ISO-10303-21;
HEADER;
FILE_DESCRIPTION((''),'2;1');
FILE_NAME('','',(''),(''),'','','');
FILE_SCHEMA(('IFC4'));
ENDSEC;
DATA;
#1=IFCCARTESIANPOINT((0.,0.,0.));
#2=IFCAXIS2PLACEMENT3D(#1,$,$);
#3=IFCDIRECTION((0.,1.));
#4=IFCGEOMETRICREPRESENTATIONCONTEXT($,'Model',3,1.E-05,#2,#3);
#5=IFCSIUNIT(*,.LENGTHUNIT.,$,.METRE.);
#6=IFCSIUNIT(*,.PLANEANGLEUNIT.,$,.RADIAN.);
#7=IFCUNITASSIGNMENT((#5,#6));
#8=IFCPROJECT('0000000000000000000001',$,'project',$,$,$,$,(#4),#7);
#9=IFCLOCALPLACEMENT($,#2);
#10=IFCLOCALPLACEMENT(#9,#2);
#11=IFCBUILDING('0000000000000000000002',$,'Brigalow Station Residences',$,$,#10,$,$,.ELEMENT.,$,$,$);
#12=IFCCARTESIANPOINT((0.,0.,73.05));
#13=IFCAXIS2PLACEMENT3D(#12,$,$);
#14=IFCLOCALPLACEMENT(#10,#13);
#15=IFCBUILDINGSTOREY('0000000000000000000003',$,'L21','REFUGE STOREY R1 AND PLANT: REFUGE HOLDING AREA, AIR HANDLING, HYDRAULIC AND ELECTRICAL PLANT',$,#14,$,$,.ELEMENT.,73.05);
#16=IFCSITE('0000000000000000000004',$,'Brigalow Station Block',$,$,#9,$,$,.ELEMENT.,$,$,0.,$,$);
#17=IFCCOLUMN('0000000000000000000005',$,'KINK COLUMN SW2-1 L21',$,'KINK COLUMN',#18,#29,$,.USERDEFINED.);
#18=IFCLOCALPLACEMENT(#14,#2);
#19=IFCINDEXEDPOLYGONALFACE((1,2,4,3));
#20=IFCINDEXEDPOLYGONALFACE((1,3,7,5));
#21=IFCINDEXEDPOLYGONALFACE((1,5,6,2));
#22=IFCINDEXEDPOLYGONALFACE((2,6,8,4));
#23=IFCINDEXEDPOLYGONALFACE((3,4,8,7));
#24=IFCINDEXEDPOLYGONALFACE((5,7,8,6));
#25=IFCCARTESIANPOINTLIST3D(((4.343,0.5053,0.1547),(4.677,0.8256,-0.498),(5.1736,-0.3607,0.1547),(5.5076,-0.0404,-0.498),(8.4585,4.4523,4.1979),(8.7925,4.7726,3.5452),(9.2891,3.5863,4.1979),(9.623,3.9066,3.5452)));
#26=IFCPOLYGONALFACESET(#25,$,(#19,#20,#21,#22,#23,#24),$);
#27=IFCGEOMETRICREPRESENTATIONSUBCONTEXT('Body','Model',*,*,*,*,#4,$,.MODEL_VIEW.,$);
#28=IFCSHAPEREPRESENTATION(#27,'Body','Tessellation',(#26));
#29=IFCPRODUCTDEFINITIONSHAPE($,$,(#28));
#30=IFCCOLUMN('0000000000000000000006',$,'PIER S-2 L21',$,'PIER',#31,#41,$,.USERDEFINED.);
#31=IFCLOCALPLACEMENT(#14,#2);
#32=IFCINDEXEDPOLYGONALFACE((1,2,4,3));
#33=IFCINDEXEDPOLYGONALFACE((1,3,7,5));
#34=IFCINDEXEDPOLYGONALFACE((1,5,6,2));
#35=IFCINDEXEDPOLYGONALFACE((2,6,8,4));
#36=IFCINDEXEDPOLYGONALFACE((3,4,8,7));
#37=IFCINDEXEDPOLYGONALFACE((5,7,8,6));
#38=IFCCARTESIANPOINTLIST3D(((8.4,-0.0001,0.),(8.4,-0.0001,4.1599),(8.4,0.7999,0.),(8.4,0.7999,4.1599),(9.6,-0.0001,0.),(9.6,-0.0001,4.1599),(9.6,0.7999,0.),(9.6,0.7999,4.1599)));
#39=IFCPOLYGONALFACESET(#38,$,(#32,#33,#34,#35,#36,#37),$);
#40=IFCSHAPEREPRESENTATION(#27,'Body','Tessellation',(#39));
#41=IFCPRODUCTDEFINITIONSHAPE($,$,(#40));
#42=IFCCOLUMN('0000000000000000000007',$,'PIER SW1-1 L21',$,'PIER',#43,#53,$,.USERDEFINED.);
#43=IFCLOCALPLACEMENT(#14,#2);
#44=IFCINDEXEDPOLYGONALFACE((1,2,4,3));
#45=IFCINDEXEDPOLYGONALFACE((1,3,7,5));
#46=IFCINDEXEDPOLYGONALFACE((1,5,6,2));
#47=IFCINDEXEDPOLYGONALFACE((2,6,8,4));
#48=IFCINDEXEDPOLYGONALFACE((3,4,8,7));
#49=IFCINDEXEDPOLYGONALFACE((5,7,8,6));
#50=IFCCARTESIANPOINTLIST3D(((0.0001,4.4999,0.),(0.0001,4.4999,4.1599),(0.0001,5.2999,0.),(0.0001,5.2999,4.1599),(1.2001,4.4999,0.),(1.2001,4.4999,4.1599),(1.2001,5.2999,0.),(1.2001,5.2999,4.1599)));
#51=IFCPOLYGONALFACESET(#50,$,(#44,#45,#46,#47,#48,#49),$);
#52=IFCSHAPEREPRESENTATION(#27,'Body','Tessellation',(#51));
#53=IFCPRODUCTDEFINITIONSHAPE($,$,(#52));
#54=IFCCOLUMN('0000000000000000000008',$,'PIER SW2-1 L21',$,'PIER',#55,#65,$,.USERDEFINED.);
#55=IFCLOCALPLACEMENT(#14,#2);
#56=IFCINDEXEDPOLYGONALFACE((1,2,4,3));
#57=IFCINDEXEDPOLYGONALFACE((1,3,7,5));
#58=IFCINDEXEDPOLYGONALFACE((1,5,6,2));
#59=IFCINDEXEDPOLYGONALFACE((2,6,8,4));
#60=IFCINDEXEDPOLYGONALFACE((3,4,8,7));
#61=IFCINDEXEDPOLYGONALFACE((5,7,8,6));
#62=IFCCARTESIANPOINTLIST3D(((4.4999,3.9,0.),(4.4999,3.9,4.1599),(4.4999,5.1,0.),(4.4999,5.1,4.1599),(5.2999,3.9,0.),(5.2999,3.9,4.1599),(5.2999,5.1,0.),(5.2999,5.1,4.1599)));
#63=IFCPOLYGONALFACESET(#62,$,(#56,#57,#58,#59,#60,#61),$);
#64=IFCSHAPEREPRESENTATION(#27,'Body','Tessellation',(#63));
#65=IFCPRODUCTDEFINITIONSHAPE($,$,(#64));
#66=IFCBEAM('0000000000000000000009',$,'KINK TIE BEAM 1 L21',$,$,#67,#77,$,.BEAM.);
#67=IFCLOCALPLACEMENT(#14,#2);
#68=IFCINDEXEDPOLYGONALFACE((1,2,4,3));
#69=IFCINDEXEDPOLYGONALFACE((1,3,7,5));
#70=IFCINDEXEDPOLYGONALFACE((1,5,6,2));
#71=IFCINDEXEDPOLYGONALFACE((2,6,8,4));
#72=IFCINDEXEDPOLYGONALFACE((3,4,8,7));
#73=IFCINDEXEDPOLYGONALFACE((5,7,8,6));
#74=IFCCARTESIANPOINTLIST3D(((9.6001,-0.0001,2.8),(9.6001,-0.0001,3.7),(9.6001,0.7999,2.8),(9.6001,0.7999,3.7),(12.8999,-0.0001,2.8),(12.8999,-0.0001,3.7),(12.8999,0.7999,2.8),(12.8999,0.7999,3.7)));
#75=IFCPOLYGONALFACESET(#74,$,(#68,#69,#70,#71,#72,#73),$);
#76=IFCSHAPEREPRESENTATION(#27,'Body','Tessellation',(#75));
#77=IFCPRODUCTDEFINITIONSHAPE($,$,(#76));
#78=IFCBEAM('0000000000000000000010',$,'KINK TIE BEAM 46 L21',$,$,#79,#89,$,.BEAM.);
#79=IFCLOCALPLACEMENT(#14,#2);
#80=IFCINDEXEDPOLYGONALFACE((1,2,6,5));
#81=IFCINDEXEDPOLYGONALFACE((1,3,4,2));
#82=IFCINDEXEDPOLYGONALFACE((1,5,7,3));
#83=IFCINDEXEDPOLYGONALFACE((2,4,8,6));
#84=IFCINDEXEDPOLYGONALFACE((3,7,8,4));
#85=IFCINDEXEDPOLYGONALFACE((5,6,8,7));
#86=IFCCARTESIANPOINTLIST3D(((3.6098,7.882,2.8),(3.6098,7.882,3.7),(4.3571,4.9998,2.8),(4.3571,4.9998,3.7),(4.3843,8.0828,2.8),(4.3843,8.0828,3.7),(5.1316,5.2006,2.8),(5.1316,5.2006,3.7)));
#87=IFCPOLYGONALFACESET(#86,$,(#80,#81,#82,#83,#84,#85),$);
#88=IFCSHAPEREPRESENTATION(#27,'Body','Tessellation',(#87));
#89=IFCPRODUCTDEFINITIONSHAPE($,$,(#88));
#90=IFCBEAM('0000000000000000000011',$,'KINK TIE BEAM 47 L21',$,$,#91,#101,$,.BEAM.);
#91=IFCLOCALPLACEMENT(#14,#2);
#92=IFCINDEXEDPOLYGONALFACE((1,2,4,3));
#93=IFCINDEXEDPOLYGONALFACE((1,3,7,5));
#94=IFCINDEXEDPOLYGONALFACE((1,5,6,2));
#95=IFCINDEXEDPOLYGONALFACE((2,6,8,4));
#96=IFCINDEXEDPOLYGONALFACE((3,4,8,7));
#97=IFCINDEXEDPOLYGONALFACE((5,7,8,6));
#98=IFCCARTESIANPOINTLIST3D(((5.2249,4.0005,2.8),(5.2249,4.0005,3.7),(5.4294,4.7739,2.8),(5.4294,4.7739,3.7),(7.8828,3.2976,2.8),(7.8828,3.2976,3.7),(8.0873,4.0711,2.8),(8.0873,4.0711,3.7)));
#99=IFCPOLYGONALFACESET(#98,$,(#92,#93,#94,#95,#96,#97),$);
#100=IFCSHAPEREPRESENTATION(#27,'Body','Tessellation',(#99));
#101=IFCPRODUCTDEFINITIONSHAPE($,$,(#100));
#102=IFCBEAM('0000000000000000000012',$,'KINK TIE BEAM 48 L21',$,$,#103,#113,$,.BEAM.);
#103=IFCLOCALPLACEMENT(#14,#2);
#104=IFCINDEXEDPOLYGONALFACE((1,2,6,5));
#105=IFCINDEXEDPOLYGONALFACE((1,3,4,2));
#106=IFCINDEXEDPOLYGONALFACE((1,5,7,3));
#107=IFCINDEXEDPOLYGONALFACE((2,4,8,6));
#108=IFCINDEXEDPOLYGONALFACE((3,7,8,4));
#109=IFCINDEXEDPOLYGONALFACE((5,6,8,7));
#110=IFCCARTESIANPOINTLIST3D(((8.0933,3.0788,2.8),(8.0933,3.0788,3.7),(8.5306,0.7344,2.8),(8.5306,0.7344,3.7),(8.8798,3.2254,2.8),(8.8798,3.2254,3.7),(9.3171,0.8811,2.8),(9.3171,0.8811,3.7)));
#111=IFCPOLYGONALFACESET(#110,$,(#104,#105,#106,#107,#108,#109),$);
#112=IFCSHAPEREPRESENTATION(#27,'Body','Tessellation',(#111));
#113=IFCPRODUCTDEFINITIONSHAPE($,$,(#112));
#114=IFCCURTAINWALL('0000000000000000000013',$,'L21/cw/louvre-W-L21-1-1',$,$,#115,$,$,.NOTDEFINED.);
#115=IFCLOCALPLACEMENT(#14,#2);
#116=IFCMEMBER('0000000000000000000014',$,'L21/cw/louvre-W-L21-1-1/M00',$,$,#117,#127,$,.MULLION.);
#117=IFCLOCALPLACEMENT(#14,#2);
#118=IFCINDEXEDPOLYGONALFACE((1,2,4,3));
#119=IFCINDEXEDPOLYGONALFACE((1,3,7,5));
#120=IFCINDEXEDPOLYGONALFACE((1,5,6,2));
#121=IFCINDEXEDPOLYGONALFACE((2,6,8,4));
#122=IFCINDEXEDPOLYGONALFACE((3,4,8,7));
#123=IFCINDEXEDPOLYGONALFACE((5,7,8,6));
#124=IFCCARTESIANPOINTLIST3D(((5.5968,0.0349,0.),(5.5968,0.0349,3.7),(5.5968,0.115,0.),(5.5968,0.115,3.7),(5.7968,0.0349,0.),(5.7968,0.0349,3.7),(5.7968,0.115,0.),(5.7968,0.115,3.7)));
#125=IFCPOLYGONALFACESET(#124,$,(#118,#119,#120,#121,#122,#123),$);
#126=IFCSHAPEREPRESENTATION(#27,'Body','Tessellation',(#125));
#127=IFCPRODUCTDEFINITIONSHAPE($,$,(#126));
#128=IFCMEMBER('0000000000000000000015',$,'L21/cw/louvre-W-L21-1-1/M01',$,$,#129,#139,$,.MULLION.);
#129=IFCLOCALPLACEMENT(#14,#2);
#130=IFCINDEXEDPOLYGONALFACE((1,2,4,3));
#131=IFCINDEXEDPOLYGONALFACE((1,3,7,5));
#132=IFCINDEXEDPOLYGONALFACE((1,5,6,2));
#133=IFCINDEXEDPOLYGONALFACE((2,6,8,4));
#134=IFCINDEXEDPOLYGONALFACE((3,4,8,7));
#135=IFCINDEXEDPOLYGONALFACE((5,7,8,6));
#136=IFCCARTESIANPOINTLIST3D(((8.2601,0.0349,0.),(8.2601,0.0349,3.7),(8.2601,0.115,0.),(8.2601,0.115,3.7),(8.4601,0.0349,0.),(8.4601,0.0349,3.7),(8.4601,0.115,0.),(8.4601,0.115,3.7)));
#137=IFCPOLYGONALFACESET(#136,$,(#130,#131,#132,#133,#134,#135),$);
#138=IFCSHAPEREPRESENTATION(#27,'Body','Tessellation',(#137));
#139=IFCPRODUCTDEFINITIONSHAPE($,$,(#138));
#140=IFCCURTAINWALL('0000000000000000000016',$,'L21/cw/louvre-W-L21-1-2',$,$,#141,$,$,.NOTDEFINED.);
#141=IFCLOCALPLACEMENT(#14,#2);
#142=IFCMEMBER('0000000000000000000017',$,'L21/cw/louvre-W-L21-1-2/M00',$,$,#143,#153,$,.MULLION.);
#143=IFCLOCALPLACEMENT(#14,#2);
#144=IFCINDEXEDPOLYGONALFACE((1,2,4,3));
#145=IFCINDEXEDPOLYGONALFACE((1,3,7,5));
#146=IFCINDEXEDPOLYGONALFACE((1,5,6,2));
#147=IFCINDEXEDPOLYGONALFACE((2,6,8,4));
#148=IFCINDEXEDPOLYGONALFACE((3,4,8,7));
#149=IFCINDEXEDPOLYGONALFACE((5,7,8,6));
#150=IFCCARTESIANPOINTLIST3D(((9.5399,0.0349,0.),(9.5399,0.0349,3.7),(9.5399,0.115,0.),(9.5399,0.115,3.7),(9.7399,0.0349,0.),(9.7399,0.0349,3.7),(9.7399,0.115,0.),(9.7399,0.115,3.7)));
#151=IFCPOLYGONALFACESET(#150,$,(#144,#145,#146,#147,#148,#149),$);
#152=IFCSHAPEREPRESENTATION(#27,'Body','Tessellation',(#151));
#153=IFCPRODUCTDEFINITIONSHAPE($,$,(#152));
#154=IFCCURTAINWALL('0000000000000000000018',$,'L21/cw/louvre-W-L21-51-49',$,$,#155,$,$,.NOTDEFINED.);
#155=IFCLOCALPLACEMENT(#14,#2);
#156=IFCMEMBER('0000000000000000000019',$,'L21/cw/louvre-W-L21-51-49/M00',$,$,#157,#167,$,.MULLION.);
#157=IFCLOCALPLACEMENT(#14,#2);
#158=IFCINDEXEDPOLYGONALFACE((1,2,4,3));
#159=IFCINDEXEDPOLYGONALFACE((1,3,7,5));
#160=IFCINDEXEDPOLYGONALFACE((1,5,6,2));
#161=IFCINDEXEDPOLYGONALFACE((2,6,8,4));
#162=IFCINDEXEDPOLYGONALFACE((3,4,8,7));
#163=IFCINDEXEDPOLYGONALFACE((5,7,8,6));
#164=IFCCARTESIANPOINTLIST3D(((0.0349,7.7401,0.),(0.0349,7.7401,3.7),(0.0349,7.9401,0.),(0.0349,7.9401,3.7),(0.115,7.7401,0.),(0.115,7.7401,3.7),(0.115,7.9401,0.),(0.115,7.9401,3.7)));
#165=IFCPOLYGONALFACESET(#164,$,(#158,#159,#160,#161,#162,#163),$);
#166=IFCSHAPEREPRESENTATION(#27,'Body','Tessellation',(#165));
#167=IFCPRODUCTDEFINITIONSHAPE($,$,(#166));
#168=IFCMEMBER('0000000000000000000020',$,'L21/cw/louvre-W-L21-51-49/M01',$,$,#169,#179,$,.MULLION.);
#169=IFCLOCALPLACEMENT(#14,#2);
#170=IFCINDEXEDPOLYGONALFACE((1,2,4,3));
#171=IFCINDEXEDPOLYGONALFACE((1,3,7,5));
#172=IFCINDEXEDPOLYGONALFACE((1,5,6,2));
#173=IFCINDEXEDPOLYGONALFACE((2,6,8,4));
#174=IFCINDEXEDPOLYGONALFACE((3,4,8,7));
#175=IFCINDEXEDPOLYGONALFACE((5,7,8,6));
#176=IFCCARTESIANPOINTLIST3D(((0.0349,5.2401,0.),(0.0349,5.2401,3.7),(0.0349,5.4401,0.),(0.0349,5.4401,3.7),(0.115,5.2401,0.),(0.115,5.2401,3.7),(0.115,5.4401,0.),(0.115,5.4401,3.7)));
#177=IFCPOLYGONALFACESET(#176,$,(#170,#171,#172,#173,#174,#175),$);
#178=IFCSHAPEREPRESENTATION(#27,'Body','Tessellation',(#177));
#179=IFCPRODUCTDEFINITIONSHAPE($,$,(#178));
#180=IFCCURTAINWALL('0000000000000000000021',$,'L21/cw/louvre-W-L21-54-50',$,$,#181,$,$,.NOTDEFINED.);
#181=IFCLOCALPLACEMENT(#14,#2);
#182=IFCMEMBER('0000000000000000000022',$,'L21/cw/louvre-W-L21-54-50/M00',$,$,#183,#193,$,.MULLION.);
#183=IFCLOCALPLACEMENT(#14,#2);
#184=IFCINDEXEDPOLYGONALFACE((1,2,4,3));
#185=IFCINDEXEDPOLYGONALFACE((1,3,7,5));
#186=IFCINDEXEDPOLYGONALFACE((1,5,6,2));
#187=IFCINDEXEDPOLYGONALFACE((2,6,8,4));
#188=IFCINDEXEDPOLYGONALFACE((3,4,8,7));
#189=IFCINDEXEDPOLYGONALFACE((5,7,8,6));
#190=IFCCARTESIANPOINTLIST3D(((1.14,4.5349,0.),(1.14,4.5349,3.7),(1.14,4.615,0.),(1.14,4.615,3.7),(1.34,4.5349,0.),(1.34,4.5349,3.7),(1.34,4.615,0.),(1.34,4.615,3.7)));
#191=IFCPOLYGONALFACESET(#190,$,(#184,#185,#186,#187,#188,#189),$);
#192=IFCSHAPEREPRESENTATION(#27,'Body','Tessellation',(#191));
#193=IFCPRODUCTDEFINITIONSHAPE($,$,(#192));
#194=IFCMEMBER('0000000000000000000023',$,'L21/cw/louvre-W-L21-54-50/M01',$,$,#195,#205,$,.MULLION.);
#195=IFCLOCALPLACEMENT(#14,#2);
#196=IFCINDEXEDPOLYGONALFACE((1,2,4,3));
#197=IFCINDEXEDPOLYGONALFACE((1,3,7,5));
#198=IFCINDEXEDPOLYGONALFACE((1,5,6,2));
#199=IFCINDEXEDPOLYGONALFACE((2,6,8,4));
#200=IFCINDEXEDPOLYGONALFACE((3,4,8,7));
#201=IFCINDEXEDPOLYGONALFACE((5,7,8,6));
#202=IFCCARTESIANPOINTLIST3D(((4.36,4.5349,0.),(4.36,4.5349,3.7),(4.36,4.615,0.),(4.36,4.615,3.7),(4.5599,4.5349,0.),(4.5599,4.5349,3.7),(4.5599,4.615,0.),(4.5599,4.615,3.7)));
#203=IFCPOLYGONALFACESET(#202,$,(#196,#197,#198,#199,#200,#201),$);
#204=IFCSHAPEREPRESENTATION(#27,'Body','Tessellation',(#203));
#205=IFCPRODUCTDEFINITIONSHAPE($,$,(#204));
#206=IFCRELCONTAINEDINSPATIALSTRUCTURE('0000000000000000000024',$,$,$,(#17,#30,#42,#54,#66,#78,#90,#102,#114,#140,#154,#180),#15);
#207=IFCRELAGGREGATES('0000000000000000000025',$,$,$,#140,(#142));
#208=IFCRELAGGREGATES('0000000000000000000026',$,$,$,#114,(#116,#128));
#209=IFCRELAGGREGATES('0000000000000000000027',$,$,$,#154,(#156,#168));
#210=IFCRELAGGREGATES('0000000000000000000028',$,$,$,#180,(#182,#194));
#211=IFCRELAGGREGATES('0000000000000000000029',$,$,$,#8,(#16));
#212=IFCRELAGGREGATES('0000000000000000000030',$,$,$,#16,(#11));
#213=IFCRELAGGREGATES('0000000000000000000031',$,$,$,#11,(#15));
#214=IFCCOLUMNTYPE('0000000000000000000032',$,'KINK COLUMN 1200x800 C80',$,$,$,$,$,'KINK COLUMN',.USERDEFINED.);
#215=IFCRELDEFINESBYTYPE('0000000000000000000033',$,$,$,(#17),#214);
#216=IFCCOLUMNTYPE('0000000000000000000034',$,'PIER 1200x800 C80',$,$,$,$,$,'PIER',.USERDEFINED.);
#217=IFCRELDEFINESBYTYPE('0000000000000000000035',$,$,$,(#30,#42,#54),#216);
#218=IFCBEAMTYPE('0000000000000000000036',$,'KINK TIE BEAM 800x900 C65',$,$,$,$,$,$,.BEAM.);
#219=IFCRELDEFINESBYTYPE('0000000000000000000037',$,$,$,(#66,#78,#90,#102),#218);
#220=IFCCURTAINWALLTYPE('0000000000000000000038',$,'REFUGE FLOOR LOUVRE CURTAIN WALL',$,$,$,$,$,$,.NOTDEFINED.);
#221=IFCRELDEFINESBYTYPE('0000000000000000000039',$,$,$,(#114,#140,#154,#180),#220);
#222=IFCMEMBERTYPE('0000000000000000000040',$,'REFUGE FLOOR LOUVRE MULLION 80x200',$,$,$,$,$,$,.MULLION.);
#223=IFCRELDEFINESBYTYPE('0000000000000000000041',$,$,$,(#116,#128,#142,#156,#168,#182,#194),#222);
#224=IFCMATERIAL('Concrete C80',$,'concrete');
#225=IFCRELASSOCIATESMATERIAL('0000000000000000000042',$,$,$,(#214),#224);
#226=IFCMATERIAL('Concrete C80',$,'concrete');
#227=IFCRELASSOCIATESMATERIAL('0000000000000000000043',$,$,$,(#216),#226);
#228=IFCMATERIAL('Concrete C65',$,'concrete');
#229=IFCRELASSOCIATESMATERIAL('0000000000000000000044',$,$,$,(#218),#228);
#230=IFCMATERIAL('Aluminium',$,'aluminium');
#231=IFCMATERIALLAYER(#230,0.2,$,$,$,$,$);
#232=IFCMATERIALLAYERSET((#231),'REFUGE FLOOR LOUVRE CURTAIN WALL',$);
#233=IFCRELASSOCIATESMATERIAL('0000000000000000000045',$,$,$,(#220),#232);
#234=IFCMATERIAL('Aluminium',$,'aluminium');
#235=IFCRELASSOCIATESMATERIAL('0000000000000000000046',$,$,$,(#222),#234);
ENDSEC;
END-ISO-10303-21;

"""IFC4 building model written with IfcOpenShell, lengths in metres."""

from ifc_helpers import new_model, si_unit, direction, frame, origin, origin_2d, place, context, subcontext, project, spatial, rectangle, extrude, material, layer, layer_set, material_profile, profile_set, type_object, element, aggregate, save


model = new_model("IFC4")

# Units and contexts
model_context = context("Model", 3, precision=1e-05, world=origin(), true_north=direction((0.0, 1.0)))
body_context = subcontext(model_context, "Body", "Model", "MODEL_VIEW")
ifc_project = project(units=[si_unit("LENGTHUNIT", "METRE"), si_unit("PLANEANGLEUNIT", "RADIAN")], contexts=[model_context])

# Site, building, storey
site_placement = place(None, origin())
site = spatial("IfcSite", under=ifc_project, at=site_placement, Name="Brigalow Station Block", CompositionType="ELEMENT", RefElevation=0.0)
building_placement = place(site_placement, origin())
building = spatial("IfcBuilding", under=site, at=building_placement, Name="Brigalow Station Residences", CompositionType="ELEMENT")
storey_placement = place(building_placement, frame((0.0, 0.0, 73.05)))
storey = spatial("IfcBuildingStorey", under=building, at=storey_placement, Name="L21", Description="REFUGE STOREY R1 AND PLANT: REFUGE HOLDING AREA, AIR HANDLING, HYDRAULIC AND ELECTRICAL PLANT", CompositionType="ELEMENT", Elevation=73.05)

# Columns
ifc_material_1 = material(Name="Concrete C80", Category="concrete")
ifc_material_profile_1 = material_profile(ifc_material_1, rectangle(XDim=1.2, YDim=0.8, at=origin_2d()), Name="RC1200x800")
ifc_profile_set_1 = profile_set([ifc_material_profile_1], Name="Concrete C80")
column_type_1 = type_object("IfcColumnType", Name="KINK COLUMN 1200x800 C80", ElementType="KINK COLUMN", PredefinedType="USERDEFINED", material=ifc_profile_set_1)
column_placement = place(storey_placement, frame((4.9253, 0.2324, -0.1716), z_axis=(0.588745, 0.564646, 0.578407), x_axis=(-0.692181, 0.721723, 0.0)))
element("IfcColumn", 1, at=column_placement, inside=storey, type_object=column_type_1, Name="KINK COLUMN SW2-1 L21", ObjectType="KINK COLUMN", PredefinedType="USERDEFINED", context=body_context, shape_type="SweptSolid", body=[
    extrude(rectangle(XDim=1.2, YDim=0.8, at=origin_2d()), origin(), (0.0, 0.0, 1.0), 6.9902),
])
ifc_material_2 = material(Name="Concrete C80", Category="concrete")
ifc_material_profile_2 = material_profile(ifc_material_2, rectangle(XDim=1.2, YDim=0.8, at=origin_2d()), Name="RC1200x800")
ifc_profile_set_2 = profile_set([ifc_material_profile_2], Name="Concrete C80")
column_type_2 = type_object("IfcColumnType", Name="PIER 1200x800 C80", ElementType="PIER", PredefinedType="USERDEFINED", material=ifc_profile_set_2)
for number, where, z_axis, x_axis, name in (
    (2, (9.0, 0.3999, 0.0), (0.0, 0.0, 1.0), (1.0, 0.0, 0.0), "PIER S-2 L21"),
    (3, (0.6001, 4.8999, 0.0), (0.0, 0.0, 1.0), (1.0, 0.0, 0.0), "PIER SW1-1 L21"),
    (4, (4.8999, 4.5, 0.0), (0.0, 0.0, 1.0), (0.0, -1.0, 0.0), "PIER SW2-1 L21"),
):
    element("IfcColumn", number, at=place(storey_placement, frame(where, z_axis=z_axis, x_axis=x_axis)), inside=storey, type_object=column_type_2, Name=name, ObjectType="PIER", PredefinedType="USERDEFINED", context=body_context, shape_type="SweptSolid", body=[
        extrude(rectangle(XDim=1.2, YDim=0.8, at=origin_2d()), origin(), (0.0, 0.0, 1.0), 4.1599),
    ])

# Beams
ifc_material_3 = material(Name="Concrete C65", Category="concrete")
ifc_material_profile_3 = material_profile(ifc_material_3, rectangle(XDim=0.8, YDim=0.8999, at=origin_2d()), Name="RC800x900")
ifc_profile_set_3 = profile_set([ifc_material_profile_3], Name="Concrete C65")
beam_type = type_object("IfcBeamType", Name="KINK TIE BEAM 800x900 C65", PredefinedType="BEAM", material=ifc_profile_set_3)
beam_1_placement = place(storey_placement, frame((9.6001, 0.3999, 3.25), z_axis=(1.0, 0.0, 0.0), x_axis=(0.0, 1.0, 0.0)))
element("IfcBeam", 5, at=beam_1_placement, inside=storey, type_object=beam_type, Name="KINK TIE BEAM 1 L21", PredefinedType="BEAM", context=body_context, shape_type="SweptSolid", body=[
    extrude(rectangle(XDim=0.8, YDim=0.8999, at=origin_2d()), origin(), (0.0, 0.0, 1.0), 3.2998),
])
beam_2_placement = place(storey_placement, frame((3.9971, 7.9824, 3.25), z_axis=(0.250976, -0.967993, 0.0), x_axis=(0.967993, 0.250976, 0.0)))
element("IfcBeam", 6, at=beam_2_placement, inside=storey, type_object=beam_type, Name="KINK TIE BEAM 46 L21", PredefinedType="BEAM", context=body_context, shape_type="SweptSolid", body=[
    extrude(rectangle(XDim=0.8, YDim=0.8999, at=origin_2d()), origin(), (0.0, 0.0, 1.0), 2.9775),
])
beam_3_placement = place(storey_placement, frame((5.3271, 4.3872, 3.25), z_axis=(0.966768, -0.255656, 0.0), x_axis=(0.255656, 0.966768, 0.0)))
element("IfcBeam", 7, at=beam_3_placement, inside=storey, type_object=beam_type, Name="KINK TIE BEAM 47 L21", PredefinedType="BEAM", context=body_context, shape_type="SweptSolid", body=[
    extrude(rectangle(XDim=0.8, YDim=0.8999, at=origin_2d()), origin(), (0.0, 0.0, 1.0), 2.7493),
])
beam_4_placement = place(storey_placement, frame((8.4866, 3.1521, 3.25), z_axis=(0.183361, -0.983046, 0.0), x_axis=(0.983046, 0.183361, 0.0)))
element("IfcBeam", 8, at=beam_4_placement, inside=storey, type_object=beam_type, Name="KINK TIE BEAM 48 L21", PredefinedType="BEAM", context=body_context, shape_type="SweptSolid", body=[
    extrude(rectangle(XDim=0.8, YDim=0.8999, at=origin_2d()), origin(), (0.0, 0.0, 1.0), 2.3848),
])

# Curtain wall, members
ifc_material_4 = material(Name="Aluminium", Category="aluminium")
ifc_layer_1 = layer(ifc_material_4, 0.2)
ifc_layer_set_1 = layer_set([ifc_layer_1], Name="REFUGE FLOOR LOUVRE CURTAIN WALL")
curtain_wall_type = type_object("IfcCurtainWallType", Name="REFUGE FLOOR LOUVRE CURTAIN WALL", PredefinedType="NOTDEFINED", material=ifc_layer_set_1)
curtain_wall_1_placement = place(storey_placement, origin())
curtain_wall_1 = element("IfcCurtainWall", 9, at=curtain_wall_1_placement, inside=storey, type_object=curtain_wall_type, Name="L21/cw/louvre-W-L21-1-1", PredefinedType="NOTDEFINED")
ifc_material_5 = material(Name="Aluminium", Category="aluminium")
ifc_material_profile_4 = material_profile(ifc_material_5, rectangle(XDim=0.0801, YDim=0.2, at=origin_2d()), Name="REFUGE FLOOR LOUVRE MULLION 80x200")
ifc_profile_set_4 = profile_set([ifc_material_profile_4], Name="Aluminium")
member_type_1 = type_object("IfcMemberType", Name="REFUGE FLOOR LOUVRE MULLION 80x200", PredefinedType="MULLION", material=ifc_profile_set_4)
member_1_placement = place(storey_placement, frame((5.6968, 0.075, 0.0), z_axis=(0.0, 0.0, 1.0), x_axis=(0.0, 1.0, 0.0)))
member_1 = element("IfcMember", 10, at=member_1_placement, type_object=member_type_1, Name="L21/cw/louvre-W-L21-1-1/M00", PredefinedType="MULLION", context=body_context, shape_type="SweptSolid", body=[
    extrude(rectangle(XDim=0.0801, YDim=0.2, at=origin_2d()), origin(), (0.0, 0.0, 1.0), 3.7),
])
member_2_placement = place(storey_placement, frame((8.3601, 0.075, 0.0), z_axis=(0.0, 0.0, 1.0), x_axis=(0.0, 1.0, 0.0)))
member_2 = element("IfcMember", 11, at=member_2_placement, type_object=member_type_1, Name="L21/cw/louvre-W-L21-1-1/M01", PredefinedType="MULLION", context=body_context, shape_type="SweptSolid", body=[
    extrude(rectangle(XDim=0.0801, YDim=0.2, at=origin_2d()), origin(), (0.0, 0.0, 1.0), 3.7),
])

# Curtain wall, member
curtain_wall_2_placement = place(storey_placement, origin())
curtain_wall_2 = element("IfcCurtainWall", 12, at=curtain_wall_2_placement, inside=storey, type_object=curtain_wall_type, Name="L21/cw/louvre-W-L21-1-2", PredefinedType="NOTDEFINED")
member_3_placement = place(storey_placement, frame((9.6399, 0.075, 0.0), z_axis=(0.0, 0.0, 1.0), x_axis=(0.0, 1.0, 0.0)))
member_3 = element("IfcMember", 13, at=member_3_placement, type_object=member_type_1, Name="L21/cw/louvre-W-L21-1-2/M00", PredefinedType="MULLION", context=body_context, shape_type="SweptSolid", body=[
    extrude(rectangle(XDim=0.0801, YDim=0.2, at=origin_2d()), origin(), (0.0, 0.0, 1.0), 3.7),
])

# Curtain walls, members
curtain_wall_3_placement = place(storey_placement, origin())
curtain_wall_3 = element("IfcCurtainWall", 14, at=curtain_wall_3_placement, inside=storey, type_object=curtain_wall_type, Name="L21/cw/louvre-W-L21-51-49", PredefinedType="NOTDEFINED")
member_4_placement = place(storey_placement, frame((0.075, 7.8401, 0.0), z_axis=(0.0, 0.0, 1.0), x_axis=(1.0, 0.0, 0.0)))
member_4 = element("IfcMember", 15, at=member_4_placement, type_object=member_type_1, Name="L21/cw/louvre-W-L21-51-49/M00", PredefinedType="MULLION", context=body_context, shape_type="SweptSolid", body=[
    extrude(rectangle(XDim=0.0801, YDim=0.2, at=origin_2d()), origin(), (0.0, 0.0, 1.0), 3.7),
])
member_5_placement = place(storey_placement, frame((0.075, 5.3401, 0.0), z_axis=(0.0, 0.0, 1.0), x_axis=(1.0, 0.0, 0.0)))
member_5 = element("IfcMember", 16, at=member_5_placement, type_object=member_type_1, Name="L21/cw/louvre-W-L21-51-49/M01", PredefinedType="MULLION", context=body_context, shape_type="SweptSolid", body=[
    extrude(rectangle(XDim=0.0801, YDim=0.2, at=origin_2d()), origin(), (0.0, 0.0, 1.0), 3.7),
])
curtain_wall_4_placement = place(storey_placement, origin())
curtain_wall_4 = element("IfcCurtainWall", 17, at=curtain_wall_4_placement, inside=storey, type_object=curtain_wall_type, Name="L21/cw/louvre-W-L21-54-50", PredefinedType="NOTDEFINED")
member_6_placement = place(storey_placement, frame((1.24, 4.575, 0.0), z_axis=(0.0, 0.0, 1.0), x_axis=(0.0, 1.0, 0.0)))
member_6 = element("IfcMember", 18, at=member_6_placement, type_object=member_type_1, Name="L21/cw/louvre-W-L21-54-50/M00", PredefinedType="MULLION", context=body_context, shape_type="SweptSolid", body=[
    extrude(rectangle(XDim=0.0801, YDim=0.2, at=origin_2d()), origin(), (0.0, 0.0, 1.0), 3.7),
])
member_7_placement = place(storey_placement, frame((4.46, 4.575, 0.0), z_axis=(0.0, 0.0, 1.0), x_axis=(0.0, 1.0, 0.0)))
member_7 = element("IfcMember", 19, at=member_7_placement, type_object=member_type_1, Name="L21/cw/louvre-W-L21-54-50/M01", PredefinedType="MULLION", context=body_context, shape_type="SweptSolid", body=[
    extrude(rectangle(XDim=0.0801, YDim=0.2, at=origin_2d()), origin(), (0.0, 0.0, 1.0), 3.7),
])

aggregate(curtain_wall_2, [member_3])

aggregate(curtain_wall_1, [member_1, member_2])
aggregate(curtain_wall_3, [member_4, member_5])
aggregate(curtain_wall_4, [member_6, member_7])

save(model, "model.ifc")
